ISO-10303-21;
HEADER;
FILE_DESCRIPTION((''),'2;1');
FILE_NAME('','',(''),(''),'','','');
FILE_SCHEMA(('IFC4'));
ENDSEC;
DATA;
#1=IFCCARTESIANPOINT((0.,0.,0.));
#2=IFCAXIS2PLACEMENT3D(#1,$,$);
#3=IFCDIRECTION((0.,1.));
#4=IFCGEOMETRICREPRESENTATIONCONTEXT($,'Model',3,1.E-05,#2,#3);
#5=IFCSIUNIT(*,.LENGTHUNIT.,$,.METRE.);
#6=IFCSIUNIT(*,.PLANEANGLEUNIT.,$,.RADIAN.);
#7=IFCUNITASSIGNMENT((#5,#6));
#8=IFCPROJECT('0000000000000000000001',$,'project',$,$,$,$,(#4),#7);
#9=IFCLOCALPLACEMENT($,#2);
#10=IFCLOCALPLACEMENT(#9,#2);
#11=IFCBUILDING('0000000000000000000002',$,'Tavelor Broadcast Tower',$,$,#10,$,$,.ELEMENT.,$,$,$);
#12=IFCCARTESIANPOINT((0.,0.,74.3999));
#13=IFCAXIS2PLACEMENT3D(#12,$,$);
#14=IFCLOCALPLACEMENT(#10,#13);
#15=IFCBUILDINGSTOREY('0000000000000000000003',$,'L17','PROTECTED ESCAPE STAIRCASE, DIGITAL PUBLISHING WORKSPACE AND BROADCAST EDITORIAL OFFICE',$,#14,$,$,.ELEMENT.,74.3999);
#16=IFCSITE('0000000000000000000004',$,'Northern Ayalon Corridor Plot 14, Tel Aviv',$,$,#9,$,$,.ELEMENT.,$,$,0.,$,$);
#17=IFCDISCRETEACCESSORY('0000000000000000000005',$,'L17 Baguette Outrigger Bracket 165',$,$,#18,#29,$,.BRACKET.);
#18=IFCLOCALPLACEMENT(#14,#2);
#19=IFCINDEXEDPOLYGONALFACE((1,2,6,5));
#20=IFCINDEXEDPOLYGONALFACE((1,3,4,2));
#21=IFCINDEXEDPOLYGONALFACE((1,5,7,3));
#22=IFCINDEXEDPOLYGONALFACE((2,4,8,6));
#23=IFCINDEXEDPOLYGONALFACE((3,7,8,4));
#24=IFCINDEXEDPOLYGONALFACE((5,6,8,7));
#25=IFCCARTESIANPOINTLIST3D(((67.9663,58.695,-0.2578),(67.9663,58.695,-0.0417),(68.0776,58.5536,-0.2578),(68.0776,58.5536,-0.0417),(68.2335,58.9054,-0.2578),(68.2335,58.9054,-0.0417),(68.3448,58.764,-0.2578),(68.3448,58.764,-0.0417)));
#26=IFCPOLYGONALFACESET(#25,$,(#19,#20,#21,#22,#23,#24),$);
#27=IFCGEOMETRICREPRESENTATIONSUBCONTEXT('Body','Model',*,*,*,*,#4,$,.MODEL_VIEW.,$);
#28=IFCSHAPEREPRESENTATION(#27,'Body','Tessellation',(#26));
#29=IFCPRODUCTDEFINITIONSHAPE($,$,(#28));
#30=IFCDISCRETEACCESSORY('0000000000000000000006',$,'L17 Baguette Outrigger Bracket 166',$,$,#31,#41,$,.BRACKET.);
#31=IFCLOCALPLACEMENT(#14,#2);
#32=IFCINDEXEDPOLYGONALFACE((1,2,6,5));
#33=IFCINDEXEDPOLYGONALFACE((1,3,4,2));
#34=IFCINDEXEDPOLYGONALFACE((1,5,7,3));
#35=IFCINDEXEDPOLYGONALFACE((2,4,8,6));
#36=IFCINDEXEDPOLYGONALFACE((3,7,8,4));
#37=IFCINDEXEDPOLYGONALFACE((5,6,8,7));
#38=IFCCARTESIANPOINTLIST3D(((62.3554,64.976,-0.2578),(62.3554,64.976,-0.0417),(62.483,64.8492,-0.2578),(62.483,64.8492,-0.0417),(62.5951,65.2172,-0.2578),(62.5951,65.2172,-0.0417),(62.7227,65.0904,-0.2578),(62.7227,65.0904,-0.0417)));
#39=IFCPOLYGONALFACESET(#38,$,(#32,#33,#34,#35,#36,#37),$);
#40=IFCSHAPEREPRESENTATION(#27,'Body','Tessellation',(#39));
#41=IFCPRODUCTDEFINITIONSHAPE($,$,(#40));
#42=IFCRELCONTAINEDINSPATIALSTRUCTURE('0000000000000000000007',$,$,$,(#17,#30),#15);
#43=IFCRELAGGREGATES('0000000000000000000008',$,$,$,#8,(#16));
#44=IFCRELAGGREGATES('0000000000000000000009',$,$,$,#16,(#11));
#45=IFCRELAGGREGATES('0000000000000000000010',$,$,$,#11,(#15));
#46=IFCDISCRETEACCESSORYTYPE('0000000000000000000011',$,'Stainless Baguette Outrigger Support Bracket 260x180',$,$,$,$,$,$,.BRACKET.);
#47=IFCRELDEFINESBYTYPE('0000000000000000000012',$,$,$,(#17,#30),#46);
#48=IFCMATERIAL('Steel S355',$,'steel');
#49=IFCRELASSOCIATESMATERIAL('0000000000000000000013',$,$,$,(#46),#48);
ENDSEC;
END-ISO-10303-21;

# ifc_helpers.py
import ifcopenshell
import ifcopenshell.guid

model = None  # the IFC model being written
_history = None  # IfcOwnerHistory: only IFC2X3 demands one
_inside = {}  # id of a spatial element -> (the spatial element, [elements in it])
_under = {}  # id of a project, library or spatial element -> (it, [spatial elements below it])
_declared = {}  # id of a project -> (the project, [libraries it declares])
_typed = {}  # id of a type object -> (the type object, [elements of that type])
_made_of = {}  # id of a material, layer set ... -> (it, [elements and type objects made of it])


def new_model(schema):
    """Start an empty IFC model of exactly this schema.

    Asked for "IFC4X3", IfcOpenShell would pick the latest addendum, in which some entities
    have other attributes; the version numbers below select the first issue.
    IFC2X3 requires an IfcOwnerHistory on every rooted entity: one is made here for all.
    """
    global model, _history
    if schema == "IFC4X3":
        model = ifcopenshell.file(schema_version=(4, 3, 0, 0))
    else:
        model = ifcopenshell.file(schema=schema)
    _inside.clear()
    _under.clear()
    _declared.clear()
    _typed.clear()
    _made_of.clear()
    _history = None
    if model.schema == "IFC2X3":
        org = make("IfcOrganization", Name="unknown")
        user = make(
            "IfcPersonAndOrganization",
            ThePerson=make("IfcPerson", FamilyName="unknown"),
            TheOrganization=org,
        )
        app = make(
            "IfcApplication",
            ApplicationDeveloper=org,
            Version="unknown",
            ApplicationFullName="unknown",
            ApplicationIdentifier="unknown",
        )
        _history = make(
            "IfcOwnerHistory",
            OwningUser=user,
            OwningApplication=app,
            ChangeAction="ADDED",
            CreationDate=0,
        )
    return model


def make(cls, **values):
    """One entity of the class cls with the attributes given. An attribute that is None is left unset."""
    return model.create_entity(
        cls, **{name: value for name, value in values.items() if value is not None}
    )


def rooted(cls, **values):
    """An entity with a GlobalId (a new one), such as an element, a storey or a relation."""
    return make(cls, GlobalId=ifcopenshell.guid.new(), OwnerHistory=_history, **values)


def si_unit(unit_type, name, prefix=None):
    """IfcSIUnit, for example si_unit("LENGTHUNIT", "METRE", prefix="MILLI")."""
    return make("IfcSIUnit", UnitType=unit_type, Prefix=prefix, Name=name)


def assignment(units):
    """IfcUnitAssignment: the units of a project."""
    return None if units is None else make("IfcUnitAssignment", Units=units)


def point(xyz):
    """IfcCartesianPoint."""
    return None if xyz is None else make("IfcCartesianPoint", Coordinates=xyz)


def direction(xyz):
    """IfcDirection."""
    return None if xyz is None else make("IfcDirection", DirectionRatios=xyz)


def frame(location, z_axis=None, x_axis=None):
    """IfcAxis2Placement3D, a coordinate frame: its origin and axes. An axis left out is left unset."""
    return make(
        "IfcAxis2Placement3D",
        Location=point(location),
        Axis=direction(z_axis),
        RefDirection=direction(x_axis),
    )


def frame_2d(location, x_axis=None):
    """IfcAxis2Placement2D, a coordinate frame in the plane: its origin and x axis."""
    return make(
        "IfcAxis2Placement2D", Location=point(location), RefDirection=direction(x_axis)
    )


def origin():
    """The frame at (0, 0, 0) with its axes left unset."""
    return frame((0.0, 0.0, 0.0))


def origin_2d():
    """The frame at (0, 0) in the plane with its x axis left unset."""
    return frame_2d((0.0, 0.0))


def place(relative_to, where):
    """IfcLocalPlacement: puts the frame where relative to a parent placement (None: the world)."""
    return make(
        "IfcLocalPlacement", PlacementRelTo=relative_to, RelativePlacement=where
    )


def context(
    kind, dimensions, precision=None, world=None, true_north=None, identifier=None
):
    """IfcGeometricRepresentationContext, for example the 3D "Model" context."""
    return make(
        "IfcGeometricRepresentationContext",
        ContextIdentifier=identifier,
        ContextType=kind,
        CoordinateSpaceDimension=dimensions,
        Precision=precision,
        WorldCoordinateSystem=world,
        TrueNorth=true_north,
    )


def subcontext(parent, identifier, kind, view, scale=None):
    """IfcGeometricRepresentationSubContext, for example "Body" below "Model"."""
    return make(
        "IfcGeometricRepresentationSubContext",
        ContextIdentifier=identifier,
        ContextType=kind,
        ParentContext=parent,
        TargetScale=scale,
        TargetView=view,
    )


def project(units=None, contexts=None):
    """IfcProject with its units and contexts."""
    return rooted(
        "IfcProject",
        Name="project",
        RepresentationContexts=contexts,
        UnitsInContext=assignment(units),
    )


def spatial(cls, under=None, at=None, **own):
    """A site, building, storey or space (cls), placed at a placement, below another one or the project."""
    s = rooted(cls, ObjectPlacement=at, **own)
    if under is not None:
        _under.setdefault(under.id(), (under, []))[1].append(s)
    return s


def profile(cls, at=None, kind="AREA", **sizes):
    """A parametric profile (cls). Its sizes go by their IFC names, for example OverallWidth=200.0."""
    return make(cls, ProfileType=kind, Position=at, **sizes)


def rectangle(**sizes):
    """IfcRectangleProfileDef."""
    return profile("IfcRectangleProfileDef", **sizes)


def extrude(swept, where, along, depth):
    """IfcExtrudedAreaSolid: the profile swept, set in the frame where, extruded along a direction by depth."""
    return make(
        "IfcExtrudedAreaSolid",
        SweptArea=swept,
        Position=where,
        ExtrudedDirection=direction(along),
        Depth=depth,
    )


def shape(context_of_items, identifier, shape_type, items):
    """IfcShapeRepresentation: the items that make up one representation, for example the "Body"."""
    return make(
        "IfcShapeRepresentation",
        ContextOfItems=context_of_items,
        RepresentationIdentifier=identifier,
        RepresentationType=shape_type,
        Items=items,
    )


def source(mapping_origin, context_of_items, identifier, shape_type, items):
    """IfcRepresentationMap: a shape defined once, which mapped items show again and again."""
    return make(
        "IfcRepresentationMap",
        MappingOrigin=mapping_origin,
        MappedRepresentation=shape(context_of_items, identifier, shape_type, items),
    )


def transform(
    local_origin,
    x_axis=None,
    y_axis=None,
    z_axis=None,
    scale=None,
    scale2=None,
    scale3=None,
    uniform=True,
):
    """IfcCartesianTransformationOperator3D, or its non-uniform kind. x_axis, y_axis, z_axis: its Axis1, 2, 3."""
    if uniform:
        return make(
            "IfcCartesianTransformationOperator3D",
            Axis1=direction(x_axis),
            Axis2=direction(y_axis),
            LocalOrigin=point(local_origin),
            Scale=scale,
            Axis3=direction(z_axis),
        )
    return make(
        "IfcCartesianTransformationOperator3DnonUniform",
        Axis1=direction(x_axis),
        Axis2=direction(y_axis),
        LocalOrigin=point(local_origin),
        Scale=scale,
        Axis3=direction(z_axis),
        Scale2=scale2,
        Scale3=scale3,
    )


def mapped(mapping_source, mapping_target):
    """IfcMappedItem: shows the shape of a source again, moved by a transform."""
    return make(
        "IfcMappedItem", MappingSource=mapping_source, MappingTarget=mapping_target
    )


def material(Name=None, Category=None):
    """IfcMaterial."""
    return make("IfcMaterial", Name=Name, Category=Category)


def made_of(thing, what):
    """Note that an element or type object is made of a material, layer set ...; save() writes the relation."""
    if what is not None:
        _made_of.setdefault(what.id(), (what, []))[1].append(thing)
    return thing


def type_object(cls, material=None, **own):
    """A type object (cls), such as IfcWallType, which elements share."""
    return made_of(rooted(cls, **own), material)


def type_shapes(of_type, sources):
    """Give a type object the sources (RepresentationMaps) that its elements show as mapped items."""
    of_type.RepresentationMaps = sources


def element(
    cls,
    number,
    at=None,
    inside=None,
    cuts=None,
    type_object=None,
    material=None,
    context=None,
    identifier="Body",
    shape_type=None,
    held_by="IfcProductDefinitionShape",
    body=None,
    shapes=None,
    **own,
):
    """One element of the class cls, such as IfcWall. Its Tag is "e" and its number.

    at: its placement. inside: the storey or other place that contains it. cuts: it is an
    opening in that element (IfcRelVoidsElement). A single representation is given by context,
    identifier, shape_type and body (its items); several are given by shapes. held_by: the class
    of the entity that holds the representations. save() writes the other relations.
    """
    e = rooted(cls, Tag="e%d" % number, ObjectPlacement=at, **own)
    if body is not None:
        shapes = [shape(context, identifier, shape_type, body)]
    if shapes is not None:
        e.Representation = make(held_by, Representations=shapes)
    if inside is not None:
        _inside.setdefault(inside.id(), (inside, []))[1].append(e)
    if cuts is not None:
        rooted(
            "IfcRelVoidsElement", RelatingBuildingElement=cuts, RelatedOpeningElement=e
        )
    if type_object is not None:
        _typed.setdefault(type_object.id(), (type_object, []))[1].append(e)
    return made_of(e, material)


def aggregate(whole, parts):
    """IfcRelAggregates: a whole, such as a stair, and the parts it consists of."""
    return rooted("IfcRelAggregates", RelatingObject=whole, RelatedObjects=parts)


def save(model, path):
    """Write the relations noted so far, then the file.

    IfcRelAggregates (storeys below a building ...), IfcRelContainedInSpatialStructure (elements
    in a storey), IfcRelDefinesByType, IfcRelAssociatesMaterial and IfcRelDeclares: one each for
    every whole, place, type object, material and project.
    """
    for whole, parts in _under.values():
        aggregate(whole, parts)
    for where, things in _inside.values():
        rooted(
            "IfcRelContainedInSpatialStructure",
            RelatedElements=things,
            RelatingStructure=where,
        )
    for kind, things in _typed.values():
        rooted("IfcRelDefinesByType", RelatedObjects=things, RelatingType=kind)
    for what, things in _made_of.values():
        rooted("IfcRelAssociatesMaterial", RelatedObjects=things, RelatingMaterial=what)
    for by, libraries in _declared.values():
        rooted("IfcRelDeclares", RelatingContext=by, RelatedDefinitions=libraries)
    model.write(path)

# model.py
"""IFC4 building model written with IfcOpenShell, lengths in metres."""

from ifc_helpers import new_model, si_unit, direction, frame, origin, origin_2d, place, context, subcontext, project, spatial, rectangle, extrude, source, transform, mapped, material, type_object, type_shapes, element, save


model = new_model("IFC4")

# Units and contexts
model_context = context("Model", 3, precision=1e-05, world=origin(), true_north=direction((0.0, 1.0)))
body_context = subcontext(model_context, "Body", "Model", "MODEL_VIEW")
ifc_project = project(units=[si_unit("LENGTHUNIT", "METRE"), si_unit("PLANEANGLEUNIT", "RADIAN")], contexts=[model_context])

# Site, building, storey
site_placement = place(None, origin())
site = spatial("IfcSite", under=ifc_project, at=site_placement, Name="Northern Ayalon Corridor Plot 14, Tel Aviv", CompositionType="ELEMENT", RefElevation=0.0)
building_placement = place(site_placement, origin())
building = spatial("IfcBuilding", under=site, at=building_placement, Name="Tavelor Broadcast Tower", CompositionType="ELEMENT")
storey_placement = place(building_placement, frame((0.0, 0.0, 74.3999)))
storey = spatial("IfcBuildingStorey", under=building, at=storey_placement, Name="L17", Description="PROTECTED ESCAPE STAIRCASE, DIGITAL PUBLISHING WORKSPACE AND BROADCAST EDITORIAL OFFICE", CompositionType="ELEMENT", Elevation=74.3999)

# Shared definitions
ifc_material_1 = material(Name="Steel S355", Category="steel")

# Discrete accessories
discrete_accessory_type = type_object("IfcDiscreteAccessoryType", Name="Stainless Baguette Outrigger Support Bracket 260x180", PredefinedType="BRACKET", material=ifc_material_1)
shared_shape_1 = source(origin(), body_context, "Body", "SweptSolid", [
    extrude(rectangle(XDim=0.1799, YDim=0.3401, at=origin_2d()), origin(), (0.0, 0.0, 1.0), 0.2161),
])
type_shapes(discrete_accessory_type, [shared_shape_1])
for number, where, z_axis, x_axis, name in (
    (1, (68.1555, 58.7295, -0.2578), (0.0, 0.0, 1.0), (-0.618683, 0.785641, 0.0), "L17 Baguette Outrigger Bracket 165"),
    (2, (62.5391, 65.0332, -0.2578), (0.0, 0.0, 1.0), (-0.709325, 0.704882, 0.0), "L17 Baguette Outrigger Bracket 166"),
):
    element("IfcDiscreteAccessory", number, at=place(storey_placement, frame(where, z_axis=z_axis, x_axis=x_axis)), inside=storey, type_object=discrete_accessory_type, Name=name, PredefinedType="BRACKET", context=body_context, shape_type="MappedRepresentation", body=[
        mapped(shared_shape_1, transform((0.0, 0.0, 0.0), scale=1.0)),
    ])

save(model, "model.ifc")
